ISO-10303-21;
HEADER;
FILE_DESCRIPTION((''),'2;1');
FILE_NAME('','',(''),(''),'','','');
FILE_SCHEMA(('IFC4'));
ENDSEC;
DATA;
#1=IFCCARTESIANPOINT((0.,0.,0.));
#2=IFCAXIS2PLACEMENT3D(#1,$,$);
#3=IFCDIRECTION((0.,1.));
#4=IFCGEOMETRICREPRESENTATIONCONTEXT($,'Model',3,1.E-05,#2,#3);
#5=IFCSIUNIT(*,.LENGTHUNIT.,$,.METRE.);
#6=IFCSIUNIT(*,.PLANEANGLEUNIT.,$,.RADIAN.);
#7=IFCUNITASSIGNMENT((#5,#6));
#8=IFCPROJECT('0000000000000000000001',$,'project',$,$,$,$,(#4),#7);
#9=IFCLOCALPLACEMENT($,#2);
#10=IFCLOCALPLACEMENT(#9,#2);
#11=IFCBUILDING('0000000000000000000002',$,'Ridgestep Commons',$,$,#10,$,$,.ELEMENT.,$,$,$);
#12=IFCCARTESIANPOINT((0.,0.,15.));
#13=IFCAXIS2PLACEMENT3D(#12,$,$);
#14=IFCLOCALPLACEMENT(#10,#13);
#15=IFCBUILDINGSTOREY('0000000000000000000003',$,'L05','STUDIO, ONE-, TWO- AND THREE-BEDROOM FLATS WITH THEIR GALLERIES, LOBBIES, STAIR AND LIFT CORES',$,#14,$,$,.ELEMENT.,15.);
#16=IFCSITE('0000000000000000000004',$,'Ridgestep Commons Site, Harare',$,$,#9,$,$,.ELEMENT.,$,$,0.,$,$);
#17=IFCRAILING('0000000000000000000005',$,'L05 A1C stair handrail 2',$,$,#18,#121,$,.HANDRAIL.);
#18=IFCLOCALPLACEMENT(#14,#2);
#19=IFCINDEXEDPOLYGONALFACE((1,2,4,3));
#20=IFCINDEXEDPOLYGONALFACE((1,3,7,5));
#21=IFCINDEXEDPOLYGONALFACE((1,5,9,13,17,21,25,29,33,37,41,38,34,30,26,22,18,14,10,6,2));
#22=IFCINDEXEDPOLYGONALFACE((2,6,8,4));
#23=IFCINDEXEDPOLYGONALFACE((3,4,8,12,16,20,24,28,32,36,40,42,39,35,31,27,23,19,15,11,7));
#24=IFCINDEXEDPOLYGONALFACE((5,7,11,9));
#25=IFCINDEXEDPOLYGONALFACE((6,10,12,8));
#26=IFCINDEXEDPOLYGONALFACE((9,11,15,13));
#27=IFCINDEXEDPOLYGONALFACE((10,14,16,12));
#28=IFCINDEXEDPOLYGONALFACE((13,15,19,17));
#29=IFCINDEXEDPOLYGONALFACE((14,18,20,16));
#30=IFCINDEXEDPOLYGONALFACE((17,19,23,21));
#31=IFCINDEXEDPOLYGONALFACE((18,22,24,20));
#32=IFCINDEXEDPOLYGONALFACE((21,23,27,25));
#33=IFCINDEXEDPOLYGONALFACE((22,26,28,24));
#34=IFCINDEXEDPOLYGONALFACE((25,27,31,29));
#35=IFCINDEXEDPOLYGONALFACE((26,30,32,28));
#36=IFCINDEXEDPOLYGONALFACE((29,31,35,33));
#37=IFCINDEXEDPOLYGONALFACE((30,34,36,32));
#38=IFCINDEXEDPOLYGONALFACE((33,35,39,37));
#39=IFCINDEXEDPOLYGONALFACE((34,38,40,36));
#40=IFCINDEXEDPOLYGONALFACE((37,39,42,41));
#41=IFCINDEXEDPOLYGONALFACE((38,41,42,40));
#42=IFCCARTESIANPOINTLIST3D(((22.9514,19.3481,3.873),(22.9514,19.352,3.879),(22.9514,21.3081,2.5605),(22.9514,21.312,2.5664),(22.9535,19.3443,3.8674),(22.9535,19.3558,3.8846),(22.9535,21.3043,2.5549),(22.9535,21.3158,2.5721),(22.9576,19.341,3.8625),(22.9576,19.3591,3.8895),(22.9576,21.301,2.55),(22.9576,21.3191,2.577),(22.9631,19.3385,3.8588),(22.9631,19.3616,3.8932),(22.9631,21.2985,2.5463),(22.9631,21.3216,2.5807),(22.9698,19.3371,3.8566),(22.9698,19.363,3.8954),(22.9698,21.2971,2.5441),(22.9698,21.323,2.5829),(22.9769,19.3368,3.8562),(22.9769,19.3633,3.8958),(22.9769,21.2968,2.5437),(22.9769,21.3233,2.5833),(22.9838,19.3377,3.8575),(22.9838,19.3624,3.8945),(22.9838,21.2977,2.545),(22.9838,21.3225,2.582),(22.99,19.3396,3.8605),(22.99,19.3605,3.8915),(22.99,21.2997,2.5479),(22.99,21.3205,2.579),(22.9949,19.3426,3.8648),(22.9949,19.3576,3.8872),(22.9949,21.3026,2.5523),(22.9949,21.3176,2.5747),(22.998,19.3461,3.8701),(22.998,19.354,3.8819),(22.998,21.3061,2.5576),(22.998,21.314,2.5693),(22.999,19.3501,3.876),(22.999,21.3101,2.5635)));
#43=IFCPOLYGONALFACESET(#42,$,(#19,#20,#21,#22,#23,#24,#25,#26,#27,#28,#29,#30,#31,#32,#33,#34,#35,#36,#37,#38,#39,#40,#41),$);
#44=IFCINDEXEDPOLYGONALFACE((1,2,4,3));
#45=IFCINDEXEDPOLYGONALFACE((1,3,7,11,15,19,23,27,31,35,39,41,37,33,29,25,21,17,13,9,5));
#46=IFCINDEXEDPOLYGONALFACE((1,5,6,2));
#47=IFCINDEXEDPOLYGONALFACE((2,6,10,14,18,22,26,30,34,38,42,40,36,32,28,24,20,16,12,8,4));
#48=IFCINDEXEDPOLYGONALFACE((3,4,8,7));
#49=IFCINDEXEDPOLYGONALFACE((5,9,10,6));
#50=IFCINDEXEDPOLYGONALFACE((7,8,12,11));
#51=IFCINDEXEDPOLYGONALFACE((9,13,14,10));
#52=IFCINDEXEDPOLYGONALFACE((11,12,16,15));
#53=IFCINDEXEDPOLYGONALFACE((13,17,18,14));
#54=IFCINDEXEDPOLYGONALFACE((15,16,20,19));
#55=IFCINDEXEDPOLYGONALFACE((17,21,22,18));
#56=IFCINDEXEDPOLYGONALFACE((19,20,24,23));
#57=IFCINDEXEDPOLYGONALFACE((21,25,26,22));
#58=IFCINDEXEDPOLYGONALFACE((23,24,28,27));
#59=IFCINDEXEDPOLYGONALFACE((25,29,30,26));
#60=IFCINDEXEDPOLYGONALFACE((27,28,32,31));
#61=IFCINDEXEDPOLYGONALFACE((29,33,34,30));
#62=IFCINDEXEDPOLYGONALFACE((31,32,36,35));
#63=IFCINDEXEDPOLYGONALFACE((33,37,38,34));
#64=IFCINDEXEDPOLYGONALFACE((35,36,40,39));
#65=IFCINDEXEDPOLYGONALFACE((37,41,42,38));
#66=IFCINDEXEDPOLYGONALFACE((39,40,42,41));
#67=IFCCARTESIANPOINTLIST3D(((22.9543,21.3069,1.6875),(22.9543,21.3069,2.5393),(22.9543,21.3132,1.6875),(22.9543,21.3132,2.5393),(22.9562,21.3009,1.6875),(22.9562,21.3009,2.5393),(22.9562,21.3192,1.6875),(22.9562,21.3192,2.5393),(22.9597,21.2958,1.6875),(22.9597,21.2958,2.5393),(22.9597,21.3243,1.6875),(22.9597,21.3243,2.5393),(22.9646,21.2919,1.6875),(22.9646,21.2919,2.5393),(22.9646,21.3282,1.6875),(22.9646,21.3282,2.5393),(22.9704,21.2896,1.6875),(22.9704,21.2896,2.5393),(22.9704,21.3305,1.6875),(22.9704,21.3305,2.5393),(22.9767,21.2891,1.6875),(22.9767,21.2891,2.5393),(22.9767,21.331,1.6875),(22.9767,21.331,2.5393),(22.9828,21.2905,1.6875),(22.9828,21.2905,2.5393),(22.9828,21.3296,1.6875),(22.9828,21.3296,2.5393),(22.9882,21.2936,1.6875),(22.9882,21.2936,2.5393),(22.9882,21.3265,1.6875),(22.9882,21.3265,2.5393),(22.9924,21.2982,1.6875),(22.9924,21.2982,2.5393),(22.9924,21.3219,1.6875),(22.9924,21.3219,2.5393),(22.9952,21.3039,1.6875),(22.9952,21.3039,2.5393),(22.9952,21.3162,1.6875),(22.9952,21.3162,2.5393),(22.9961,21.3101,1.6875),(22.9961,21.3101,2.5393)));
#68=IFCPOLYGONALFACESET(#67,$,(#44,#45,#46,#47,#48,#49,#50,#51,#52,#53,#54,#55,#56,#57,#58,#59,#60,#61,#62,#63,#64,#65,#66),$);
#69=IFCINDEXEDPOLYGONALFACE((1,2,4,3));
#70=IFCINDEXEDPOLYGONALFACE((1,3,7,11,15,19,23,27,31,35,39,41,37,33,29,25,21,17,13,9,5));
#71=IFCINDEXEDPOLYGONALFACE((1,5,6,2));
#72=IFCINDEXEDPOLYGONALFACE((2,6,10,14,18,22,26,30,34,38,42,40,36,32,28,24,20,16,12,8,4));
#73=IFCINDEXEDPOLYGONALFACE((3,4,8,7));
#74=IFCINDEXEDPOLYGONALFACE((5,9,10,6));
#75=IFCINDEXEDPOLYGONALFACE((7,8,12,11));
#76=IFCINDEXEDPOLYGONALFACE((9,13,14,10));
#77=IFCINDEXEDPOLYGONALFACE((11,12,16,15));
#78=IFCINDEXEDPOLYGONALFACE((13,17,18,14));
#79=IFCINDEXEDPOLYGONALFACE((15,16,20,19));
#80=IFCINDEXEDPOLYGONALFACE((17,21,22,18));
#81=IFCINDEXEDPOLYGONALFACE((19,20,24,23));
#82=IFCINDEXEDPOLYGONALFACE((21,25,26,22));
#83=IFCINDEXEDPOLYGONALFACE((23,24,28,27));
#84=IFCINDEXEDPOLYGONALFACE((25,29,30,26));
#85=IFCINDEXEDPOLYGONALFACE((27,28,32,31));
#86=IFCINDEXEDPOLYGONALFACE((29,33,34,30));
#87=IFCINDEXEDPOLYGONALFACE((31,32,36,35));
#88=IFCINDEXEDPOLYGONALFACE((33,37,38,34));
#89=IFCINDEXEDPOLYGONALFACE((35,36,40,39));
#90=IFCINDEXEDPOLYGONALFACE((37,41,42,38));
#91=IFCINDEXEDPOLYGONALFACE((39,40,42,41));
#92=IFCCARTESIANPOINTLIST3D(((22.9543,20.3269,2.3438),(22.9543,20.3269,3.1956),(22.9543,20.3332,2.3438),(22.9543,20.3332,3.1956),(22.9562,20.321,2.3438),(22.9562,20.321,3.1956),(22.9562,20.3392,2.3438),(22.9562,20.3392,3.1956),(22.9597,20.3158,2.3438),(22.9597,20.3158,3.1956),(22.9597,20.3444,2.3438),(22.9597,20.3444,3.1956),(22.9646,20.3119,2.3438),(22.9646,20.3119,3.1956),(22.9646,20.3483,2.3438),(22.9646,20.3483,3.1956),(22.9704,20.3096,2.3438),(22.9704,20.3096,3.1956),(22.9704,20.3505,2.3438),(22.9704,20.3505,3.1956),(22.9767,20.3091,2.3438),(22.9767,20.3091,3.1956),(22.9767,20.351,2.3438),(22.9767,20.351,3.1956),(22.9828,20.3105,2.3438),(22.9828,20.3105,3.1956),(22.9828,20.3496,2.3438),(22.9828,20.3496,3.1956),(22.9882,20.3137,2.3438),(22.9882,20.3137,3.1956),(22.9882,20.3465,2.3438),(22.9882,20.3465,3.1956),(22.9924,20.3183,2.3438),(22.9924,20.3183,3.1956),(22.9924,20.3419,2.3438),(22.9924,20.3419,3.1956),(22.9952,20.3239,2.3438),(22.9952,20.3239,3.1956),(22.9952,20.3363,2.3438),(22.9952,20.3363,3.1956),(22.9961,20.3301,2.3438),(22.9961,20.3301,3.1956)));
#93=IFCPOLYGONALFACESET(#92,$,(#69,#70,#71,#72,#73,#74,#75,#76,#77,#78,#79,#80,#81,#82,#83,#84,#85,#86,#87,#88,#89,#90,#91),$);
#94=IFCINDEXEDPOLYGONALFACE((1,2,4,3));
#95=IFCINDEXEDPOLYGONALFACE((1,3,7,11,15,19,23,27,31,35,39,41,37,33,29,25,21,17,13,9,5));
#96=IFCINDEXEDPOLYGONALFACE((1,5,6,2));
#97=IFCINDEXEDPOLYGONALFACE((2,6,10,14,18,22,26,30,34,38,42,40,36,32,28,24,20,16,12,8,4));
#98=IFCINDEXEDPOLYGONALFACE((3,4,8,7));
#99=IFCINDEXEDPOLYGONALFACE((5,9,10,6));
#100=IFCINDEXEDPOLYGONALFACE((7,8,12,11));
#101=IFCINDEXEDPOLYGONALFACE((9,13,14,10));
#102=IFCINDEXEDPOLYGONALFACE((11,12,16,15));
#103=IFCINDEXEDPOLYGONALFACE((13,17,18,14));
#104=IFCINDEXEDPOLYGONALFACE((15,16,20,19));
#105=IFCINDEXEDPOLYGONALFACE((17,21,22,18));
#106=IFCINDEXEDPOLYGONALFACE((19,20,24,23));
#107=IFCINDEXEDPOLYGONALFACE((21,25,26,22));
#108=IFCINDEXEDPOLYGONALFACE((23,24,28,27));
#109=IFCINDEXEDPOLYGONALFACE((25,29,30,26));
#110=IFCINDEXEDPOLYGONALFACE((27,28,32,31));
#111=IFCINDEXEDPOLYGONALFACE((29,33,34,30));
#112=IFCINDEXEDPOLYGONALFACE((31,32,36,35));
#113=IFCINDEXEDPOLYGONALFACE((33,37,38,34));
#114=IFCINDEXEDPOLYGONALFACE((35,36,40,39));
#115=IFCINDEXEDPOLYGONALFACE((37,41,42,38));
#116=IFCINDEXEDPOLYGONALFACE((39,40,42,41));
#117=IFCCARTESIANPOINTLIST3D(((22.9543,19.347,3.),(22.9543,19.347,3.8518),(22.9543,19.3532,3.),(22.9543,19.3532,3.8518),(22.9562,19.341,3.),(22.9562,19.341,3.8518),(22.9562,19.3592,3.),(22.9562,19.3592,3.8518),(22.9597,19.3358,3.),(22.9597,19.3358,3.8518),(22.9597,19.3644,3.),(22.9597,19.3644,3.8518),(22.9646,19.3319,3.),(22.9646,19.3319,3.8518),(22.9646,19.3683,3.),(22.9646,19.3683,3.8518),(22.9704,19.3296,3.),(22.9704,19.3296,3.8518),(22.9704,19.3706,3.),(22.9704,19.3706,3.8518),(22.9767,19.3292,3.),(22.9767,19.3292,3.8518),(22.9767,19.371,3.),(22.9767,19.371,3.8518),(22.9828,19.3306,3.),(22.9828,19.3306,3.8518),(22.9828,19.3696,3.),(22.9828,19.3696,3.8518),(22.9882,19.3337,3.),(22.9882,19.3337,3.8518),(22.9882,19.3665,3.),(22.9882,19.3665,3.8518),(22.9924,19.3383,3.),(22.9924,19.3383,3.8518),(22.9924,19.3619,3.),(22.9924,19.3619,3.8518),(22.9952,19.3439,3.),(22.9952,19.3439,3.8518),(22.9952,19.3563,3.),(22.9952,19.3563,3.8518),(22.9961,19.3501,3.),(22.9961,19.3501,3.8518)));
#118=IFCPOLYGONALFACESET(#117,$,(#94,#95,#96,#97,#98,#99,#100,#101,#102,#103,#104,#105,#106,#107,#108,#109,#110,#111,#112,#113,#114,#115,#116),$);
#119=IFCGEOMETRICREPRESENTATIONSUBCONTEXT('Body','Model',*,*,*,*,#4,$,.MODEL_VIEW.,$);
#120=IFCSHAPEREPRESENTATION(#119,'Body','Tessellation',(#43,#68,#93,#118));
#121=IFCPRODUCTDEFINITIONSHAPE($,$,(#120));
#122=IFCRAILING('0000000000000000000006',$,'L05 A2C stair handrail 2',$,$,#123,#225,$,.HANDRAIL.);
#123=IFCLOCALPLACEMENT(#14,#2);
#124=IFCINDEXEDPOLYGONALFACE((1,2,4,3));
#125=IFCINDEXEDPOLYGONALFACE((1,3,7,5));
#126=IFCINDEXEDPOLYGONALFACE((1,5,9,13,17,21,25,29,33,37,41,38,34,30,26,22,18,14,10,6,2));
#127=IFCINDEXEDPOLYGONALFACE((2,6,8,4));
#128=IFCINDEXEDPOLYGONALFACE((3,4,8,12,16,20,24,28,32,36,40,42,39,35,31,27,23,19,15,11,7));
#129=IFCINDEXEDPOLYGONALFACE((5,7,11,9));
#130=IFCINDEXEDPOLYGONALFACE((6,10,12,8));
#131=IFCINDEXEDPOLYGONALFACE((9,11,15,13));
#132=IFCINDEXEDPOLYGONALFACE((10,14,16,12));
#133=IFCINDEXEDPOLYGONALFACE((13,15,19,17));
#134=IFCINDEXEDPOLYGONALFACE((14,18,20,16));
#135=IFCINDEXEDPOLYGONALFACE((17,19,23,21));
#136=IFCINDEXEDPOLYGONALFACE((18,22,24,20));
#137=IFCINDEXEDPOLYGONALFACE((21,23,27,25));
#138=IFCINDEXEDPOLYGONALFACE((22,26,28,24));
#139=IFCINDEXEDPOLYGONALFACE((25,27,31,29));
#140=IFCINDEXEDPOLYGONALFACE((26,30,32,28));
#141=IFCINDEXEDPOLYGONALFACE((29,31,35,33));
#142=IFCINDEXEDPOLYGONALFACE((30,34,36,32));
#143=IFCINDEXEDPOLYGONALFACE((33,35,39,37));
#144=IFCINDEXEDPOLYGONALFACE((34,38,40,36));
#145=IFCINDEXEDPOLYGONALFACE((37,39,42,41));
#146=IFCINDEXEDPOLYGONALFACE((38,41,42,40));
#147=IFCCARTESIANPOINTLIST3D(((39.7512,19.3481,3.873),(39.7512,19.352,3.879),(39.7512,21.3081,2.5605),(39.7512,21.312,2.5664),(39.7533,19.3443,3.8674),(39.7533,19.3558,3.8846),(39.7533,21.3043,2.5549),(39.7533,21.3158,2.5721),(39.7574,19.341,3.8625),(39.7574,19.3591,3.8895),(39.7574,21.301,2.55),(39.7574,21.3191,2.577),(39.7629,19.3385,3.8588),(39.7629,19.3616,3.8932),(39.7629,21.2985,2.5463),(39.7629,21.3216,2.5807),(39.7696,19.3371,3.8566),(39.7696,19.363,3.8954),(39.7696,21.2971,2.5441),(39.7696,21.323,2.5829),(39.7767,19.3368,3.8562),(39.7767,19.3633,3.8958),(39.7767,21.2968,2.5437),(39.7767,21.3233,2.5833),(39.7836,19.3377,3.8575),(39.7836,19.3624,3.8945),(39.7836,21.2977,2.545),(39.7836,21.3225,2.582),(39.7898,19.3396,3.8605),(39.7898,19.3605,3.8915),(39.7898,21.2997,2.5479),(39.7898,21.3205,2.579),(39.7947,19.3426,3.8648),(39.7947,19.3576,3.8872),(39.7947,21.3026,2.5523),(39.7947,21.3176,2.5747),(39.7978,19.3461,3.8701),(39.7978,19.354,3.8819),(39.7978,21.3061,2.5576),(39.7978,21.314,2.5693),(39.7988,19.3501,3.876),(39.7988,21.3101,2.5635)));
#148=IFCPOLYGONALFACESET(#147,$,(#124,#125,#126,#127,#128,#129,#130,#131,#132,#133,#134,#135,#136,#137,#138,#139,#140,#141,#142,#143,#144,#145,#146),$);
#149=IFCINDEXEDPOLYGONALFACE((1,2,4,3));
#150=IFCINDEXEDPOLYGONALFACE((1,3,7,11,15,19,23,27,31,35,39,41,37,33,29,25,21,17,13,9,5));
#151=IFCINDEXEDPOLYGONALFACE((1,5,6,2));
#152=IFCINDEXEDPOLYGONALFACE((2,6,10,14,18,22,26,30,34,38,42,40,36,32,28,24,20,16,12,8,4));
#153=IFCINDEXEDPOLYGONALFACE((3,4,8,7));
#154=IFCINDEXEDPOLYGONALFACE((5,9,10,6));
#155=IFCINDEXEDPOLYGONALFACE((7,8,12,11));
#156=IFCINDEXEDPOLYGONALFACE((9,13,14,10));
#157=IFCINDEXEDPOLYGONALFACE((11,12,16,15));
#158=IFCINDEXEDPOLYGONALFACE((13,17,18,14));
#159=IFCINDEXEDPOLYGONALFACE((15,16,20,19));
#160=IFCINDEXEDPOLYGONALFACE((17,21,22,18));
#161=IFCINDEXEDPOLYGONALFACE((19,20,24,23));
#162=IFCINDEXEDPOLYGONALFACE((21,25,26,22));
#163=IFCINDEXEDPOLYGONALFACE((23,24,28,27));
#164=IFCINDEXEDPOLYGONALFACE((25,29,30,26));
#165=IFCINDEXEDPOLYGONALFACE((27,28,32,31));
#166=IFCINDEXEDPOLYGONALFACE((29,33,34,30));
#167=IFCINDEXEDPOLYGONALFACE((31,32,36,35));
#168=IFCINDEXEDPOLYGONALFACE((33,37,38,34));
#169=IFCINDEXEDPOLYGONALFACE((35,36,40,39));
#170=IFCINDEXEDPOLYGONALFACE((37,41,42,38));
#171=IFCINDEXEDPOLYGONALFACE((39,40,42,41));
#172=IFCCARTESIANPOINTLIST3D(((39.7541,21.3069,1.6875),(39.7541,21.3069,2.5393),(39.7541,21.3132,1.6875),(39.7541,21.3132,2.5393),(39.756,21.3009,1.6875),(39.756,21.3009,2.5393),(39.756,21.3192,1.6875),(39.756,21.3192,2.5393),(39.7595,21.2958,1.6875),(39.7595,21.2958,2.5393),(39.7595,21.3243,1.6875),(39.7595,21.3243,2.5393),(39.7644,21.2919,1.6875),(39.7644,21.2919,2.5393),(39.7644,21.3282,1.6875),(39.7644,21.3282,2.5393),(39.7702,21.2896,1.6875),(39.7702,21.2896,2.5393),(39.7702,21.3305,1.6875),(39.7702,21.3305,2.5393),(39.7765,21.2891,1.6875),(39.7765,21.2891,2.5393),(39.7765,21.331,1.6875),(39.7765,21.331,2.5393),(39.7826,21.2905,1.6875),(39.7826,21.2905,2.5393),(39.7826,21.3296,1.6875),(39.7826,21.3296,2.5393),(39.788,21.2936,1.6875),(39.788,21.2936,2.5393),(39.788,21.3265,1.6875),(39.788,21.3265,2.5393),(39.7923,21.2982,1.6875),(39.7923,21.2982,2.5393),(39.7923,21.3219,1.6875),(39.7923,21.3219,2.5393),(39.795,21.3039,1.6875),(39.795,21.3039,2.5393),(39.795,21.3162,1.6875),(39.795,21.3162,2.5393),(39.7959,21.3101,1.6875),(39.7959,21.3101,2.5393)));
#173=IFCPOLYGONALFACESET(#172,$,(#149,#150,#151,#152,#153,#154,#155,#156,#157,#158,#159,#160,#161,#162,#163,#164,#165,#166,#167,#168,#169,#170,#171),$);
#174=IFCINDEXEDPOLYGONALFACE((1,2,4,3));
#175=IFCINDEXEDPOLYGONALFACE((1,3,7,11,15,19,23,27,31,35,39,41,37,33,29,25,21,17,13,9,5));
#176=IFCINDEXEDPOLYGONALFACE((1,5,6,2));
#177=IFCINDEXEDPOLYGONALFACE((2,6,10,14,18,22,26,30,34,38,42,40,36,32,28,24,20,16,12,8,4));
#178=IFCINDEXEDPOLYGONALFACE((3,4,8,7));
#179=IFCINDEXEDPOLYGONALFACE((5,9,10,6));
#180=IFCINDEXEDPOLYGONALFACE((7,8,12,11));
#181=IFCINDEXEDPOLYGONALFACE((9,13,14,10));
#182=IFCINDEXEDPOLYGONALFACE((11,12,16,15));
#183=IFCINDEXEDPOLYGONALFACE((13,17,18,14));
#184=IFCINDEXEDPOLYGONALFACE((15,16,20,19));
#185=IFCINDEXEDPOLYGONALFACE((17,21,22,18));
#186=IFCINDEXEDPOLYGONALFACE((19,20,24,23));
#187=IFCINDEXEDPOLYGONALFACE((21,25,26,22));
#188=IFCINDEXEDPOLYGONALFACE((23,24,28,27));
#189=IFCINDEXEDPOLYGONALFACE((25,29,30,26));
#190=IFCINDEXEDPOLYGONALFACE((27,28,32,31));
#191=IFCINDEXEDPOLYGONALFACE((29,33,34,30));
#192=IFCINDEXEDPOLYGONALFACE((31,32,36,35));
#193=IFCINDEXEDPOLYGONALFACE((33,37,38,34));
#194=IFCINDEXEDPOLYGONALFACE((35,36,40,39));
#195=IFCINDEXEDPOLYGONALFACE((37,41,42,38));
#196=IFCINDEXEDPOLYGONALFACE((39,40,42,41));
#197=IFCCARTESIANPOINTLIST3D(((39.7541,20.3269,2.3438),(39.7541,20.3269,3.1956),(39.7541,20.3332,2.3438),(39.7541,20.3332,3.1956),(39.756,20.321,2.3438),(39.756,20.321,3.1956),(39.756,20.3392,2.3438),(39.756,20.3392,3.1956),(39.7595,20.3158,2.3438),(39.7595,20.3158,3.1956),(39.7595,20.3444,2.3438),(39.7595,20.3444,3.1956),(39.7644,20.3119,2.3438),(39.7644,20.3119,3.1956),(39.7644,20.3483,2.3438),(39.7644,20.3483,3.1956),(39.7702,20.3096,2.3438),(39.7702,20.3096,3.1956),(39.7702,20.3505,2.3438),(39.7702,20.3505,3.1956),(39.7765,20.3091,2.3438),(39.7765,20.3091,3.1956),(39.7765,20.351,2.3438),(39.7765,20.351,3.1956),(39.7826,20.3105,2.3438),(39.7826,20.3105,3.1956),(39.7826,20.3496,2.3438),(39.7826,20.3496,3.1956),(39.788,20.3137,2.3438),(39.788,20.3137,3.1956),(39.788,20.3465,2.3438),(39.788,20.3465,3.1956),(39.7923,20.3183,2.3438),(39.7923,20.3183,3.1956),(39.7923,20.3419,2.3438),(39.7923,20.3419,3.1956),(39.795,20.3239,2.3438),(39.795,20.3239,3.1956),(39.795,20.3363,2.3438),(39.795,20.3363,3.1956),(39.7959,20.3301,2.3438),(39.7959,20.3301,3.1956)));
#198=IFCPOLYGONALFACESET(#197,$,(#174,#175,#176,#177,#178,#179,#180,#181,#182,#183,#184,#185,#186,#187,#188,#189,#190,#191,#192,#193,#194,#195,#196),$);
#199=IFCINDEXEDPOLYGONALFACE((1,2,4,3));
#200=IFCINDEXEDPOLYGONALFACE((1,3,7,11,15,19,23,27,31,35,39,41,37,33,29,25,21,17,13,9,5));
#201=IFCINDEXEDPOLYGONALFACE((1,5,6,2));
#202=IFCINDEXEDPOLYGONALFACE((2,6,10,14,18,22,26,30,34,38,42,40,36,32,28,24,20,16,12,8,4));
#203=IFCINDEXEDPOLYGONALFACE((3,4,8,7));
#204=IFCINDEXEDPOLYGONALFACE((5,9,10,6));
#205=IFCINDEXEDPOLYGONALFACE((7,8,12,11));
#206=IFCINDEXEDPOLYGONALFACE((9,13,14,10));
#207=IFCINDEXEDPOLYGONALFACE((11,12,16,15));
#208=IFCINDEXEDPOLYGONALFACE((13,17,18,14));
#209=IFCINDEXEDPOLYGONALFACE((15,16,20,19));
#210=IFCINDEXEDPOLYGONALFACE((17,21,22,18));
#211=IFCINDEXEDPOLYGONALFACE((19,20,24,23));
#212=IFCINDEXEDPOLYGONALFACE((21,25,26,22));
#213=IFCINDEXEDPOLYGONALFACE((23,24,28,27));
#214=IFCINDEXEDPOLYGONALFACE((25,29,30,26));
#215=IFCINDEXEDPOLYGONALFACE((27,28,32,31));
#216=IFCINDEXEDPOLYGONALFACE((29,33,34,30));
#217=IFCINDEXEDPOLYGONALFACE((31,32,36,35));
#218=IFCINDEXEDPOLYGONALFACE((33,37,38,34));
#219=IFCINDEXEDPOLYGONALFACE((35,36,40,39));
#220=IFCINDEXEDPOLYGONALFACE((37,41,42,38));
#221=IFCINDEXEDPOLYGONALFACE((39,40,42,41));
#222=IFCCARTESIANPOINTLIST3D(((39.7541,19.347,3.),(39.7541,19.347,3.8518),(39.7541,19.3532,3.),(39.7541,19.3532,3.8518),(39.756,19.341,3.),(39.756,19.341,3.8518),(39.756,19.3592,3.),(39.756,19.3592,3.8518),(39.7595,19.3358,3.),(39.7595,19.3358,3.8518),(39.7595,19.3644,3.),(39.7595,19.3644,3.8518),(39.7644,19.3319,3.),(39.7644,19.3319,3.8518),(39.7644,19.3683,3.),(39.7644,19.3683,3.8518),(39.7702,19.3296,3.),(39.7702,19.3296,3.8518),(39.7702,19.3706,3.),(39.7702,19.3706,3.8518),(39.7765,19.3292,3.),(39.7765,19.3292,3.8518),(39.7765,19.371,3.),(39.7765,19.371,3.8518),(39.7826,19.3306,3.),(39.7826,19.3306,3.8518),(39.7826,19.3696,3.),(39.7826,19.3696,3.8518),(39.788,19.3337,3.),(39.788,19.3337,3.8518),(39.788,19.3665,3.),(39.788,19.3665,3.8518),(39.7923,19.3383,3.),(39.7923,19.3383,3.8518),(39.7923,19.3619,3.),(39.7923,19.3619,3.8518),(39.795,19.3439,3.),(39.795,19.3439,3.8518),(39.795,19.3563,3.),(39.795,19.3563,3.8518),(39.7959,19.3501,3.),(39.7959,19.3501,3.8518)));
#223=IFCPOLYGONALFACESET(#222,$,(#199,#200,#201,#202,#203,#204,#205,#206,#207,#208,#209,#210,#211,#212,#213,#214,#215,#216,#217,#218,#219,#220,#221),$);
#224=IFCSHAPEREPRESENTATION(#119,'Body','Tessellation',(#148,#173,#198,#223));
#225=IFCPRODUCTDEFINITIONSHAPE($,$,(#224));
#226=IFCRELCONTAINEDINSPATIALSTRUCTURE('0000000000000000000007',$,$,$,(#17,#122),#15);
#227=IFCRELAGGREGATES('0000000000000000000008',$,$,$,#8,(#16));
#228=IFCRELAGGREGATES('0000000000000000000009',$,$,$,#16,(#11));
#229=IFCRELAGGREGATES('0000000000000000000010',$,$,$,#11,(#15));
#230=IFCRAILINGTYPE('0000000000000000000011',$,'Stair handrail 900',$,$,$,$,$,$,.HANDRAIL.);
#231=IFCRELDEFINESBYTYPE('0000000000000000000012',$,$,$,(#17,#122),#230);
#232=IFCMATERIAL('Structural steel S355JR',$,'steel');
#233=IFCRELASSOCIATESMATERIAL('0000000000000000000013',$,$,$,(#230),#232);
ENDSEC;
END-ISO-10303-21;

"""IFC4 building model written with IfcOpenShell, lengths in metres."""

from ifc_helpers import new_model, si_unit, direction, frame, origin, origin_2d, place, context, subcontext, project, spatial, circle, extrude, material, type_object, element, save


model = new_model("IFC4")

# Units and contexts
model_context = context("Model", 3, precision=1e-05, world=origin(), true_north=direction((0.0, 1.0)))
body_context = subcontext(model_context, "Body", "Model", "MODEL_VIEW")
ifc_project = project(units=[si_unit("LENGTHUNIT", "METRE"), si_unit("PLANEANGLEUNIT", "RADIAN")], contexts=[model_context])

# Site, building, storey
site_placement = place(None, origin())
site = spatial("IfcSite", under=ifc_project, at=site_placement, Name="Ridgestep Commons Site, Harare", CompositionType="ELEMENT", RefElevation=0.0)
building_placement = place(site_placement, origin())
building = spatial("IfcBuilding", under=site, at=building_placement, Name="Ridgestep Commons", CompositionType="ELEMENT")
storey_placement = place(building_placement, frame((0.0, 0.0, 15.0)))
storey = spatial("IfcBuildingStorey", under=building, at=storey_placement, Name="L05", Description="STUDIO, ONE-, TWO- AND THREE-BEDROOM FLATS WITH THEIR GALLERIES, LOBBIES, STAIR AND LIFT CORES", CompositionType="ELEMENT", Elevation=15.0)

# Railings
ifc_material_1 = material(Name="Structural steel S355JR", Category="steel")
railing_type_1 = type_object("IfcRailingType", Name="Stair handrail 900", PredefinedType="HANDRAIL", material=ifc_material_1)
for number, where, name in (
    (1, (22.9751, 21.3101, 1.6875), "L05 A1C stair handrail 2"),
    (2, (39.7749, 21.3101, 1.6875), "L05 A2C stair handrail 2"),
):
    element("IfcRailing", number, at=place(storey_placement, frame(where)), inside=storey, type_object=railing_type_1, Name=name, PredefinedType="HANDRAIL", context=body_context, shape_type="SweptSolid", body=[
        extrude(circle(Radius=0.0239, at=origin_2d()), frame((0.0, 0.0, 0.876), z_axis=(0.0, -0.830902, 0.556419), x_axis=(1.0, 0.0, 0.0)), (0.0, 0.0, 1.0), 2.3589),
        extrude(circle(Radius=0.021, at=origin_2d()), origin(), (0.0, 0.0, 1.0), 0.8518),
        extrude(circle(Radius=0.021, at=origin_2d()), frame((0.0, -0.98, 0.6562)), (0.0, 0.0, 1.0), 0.8518),
        extrude(circle(Radius=0.021, at=origin_2d()), frame((0.0, -1.96, 1.3125)), (0.0, 0.0, 1.0), 0.8518),
    ])

save(model, "model.ifc")
